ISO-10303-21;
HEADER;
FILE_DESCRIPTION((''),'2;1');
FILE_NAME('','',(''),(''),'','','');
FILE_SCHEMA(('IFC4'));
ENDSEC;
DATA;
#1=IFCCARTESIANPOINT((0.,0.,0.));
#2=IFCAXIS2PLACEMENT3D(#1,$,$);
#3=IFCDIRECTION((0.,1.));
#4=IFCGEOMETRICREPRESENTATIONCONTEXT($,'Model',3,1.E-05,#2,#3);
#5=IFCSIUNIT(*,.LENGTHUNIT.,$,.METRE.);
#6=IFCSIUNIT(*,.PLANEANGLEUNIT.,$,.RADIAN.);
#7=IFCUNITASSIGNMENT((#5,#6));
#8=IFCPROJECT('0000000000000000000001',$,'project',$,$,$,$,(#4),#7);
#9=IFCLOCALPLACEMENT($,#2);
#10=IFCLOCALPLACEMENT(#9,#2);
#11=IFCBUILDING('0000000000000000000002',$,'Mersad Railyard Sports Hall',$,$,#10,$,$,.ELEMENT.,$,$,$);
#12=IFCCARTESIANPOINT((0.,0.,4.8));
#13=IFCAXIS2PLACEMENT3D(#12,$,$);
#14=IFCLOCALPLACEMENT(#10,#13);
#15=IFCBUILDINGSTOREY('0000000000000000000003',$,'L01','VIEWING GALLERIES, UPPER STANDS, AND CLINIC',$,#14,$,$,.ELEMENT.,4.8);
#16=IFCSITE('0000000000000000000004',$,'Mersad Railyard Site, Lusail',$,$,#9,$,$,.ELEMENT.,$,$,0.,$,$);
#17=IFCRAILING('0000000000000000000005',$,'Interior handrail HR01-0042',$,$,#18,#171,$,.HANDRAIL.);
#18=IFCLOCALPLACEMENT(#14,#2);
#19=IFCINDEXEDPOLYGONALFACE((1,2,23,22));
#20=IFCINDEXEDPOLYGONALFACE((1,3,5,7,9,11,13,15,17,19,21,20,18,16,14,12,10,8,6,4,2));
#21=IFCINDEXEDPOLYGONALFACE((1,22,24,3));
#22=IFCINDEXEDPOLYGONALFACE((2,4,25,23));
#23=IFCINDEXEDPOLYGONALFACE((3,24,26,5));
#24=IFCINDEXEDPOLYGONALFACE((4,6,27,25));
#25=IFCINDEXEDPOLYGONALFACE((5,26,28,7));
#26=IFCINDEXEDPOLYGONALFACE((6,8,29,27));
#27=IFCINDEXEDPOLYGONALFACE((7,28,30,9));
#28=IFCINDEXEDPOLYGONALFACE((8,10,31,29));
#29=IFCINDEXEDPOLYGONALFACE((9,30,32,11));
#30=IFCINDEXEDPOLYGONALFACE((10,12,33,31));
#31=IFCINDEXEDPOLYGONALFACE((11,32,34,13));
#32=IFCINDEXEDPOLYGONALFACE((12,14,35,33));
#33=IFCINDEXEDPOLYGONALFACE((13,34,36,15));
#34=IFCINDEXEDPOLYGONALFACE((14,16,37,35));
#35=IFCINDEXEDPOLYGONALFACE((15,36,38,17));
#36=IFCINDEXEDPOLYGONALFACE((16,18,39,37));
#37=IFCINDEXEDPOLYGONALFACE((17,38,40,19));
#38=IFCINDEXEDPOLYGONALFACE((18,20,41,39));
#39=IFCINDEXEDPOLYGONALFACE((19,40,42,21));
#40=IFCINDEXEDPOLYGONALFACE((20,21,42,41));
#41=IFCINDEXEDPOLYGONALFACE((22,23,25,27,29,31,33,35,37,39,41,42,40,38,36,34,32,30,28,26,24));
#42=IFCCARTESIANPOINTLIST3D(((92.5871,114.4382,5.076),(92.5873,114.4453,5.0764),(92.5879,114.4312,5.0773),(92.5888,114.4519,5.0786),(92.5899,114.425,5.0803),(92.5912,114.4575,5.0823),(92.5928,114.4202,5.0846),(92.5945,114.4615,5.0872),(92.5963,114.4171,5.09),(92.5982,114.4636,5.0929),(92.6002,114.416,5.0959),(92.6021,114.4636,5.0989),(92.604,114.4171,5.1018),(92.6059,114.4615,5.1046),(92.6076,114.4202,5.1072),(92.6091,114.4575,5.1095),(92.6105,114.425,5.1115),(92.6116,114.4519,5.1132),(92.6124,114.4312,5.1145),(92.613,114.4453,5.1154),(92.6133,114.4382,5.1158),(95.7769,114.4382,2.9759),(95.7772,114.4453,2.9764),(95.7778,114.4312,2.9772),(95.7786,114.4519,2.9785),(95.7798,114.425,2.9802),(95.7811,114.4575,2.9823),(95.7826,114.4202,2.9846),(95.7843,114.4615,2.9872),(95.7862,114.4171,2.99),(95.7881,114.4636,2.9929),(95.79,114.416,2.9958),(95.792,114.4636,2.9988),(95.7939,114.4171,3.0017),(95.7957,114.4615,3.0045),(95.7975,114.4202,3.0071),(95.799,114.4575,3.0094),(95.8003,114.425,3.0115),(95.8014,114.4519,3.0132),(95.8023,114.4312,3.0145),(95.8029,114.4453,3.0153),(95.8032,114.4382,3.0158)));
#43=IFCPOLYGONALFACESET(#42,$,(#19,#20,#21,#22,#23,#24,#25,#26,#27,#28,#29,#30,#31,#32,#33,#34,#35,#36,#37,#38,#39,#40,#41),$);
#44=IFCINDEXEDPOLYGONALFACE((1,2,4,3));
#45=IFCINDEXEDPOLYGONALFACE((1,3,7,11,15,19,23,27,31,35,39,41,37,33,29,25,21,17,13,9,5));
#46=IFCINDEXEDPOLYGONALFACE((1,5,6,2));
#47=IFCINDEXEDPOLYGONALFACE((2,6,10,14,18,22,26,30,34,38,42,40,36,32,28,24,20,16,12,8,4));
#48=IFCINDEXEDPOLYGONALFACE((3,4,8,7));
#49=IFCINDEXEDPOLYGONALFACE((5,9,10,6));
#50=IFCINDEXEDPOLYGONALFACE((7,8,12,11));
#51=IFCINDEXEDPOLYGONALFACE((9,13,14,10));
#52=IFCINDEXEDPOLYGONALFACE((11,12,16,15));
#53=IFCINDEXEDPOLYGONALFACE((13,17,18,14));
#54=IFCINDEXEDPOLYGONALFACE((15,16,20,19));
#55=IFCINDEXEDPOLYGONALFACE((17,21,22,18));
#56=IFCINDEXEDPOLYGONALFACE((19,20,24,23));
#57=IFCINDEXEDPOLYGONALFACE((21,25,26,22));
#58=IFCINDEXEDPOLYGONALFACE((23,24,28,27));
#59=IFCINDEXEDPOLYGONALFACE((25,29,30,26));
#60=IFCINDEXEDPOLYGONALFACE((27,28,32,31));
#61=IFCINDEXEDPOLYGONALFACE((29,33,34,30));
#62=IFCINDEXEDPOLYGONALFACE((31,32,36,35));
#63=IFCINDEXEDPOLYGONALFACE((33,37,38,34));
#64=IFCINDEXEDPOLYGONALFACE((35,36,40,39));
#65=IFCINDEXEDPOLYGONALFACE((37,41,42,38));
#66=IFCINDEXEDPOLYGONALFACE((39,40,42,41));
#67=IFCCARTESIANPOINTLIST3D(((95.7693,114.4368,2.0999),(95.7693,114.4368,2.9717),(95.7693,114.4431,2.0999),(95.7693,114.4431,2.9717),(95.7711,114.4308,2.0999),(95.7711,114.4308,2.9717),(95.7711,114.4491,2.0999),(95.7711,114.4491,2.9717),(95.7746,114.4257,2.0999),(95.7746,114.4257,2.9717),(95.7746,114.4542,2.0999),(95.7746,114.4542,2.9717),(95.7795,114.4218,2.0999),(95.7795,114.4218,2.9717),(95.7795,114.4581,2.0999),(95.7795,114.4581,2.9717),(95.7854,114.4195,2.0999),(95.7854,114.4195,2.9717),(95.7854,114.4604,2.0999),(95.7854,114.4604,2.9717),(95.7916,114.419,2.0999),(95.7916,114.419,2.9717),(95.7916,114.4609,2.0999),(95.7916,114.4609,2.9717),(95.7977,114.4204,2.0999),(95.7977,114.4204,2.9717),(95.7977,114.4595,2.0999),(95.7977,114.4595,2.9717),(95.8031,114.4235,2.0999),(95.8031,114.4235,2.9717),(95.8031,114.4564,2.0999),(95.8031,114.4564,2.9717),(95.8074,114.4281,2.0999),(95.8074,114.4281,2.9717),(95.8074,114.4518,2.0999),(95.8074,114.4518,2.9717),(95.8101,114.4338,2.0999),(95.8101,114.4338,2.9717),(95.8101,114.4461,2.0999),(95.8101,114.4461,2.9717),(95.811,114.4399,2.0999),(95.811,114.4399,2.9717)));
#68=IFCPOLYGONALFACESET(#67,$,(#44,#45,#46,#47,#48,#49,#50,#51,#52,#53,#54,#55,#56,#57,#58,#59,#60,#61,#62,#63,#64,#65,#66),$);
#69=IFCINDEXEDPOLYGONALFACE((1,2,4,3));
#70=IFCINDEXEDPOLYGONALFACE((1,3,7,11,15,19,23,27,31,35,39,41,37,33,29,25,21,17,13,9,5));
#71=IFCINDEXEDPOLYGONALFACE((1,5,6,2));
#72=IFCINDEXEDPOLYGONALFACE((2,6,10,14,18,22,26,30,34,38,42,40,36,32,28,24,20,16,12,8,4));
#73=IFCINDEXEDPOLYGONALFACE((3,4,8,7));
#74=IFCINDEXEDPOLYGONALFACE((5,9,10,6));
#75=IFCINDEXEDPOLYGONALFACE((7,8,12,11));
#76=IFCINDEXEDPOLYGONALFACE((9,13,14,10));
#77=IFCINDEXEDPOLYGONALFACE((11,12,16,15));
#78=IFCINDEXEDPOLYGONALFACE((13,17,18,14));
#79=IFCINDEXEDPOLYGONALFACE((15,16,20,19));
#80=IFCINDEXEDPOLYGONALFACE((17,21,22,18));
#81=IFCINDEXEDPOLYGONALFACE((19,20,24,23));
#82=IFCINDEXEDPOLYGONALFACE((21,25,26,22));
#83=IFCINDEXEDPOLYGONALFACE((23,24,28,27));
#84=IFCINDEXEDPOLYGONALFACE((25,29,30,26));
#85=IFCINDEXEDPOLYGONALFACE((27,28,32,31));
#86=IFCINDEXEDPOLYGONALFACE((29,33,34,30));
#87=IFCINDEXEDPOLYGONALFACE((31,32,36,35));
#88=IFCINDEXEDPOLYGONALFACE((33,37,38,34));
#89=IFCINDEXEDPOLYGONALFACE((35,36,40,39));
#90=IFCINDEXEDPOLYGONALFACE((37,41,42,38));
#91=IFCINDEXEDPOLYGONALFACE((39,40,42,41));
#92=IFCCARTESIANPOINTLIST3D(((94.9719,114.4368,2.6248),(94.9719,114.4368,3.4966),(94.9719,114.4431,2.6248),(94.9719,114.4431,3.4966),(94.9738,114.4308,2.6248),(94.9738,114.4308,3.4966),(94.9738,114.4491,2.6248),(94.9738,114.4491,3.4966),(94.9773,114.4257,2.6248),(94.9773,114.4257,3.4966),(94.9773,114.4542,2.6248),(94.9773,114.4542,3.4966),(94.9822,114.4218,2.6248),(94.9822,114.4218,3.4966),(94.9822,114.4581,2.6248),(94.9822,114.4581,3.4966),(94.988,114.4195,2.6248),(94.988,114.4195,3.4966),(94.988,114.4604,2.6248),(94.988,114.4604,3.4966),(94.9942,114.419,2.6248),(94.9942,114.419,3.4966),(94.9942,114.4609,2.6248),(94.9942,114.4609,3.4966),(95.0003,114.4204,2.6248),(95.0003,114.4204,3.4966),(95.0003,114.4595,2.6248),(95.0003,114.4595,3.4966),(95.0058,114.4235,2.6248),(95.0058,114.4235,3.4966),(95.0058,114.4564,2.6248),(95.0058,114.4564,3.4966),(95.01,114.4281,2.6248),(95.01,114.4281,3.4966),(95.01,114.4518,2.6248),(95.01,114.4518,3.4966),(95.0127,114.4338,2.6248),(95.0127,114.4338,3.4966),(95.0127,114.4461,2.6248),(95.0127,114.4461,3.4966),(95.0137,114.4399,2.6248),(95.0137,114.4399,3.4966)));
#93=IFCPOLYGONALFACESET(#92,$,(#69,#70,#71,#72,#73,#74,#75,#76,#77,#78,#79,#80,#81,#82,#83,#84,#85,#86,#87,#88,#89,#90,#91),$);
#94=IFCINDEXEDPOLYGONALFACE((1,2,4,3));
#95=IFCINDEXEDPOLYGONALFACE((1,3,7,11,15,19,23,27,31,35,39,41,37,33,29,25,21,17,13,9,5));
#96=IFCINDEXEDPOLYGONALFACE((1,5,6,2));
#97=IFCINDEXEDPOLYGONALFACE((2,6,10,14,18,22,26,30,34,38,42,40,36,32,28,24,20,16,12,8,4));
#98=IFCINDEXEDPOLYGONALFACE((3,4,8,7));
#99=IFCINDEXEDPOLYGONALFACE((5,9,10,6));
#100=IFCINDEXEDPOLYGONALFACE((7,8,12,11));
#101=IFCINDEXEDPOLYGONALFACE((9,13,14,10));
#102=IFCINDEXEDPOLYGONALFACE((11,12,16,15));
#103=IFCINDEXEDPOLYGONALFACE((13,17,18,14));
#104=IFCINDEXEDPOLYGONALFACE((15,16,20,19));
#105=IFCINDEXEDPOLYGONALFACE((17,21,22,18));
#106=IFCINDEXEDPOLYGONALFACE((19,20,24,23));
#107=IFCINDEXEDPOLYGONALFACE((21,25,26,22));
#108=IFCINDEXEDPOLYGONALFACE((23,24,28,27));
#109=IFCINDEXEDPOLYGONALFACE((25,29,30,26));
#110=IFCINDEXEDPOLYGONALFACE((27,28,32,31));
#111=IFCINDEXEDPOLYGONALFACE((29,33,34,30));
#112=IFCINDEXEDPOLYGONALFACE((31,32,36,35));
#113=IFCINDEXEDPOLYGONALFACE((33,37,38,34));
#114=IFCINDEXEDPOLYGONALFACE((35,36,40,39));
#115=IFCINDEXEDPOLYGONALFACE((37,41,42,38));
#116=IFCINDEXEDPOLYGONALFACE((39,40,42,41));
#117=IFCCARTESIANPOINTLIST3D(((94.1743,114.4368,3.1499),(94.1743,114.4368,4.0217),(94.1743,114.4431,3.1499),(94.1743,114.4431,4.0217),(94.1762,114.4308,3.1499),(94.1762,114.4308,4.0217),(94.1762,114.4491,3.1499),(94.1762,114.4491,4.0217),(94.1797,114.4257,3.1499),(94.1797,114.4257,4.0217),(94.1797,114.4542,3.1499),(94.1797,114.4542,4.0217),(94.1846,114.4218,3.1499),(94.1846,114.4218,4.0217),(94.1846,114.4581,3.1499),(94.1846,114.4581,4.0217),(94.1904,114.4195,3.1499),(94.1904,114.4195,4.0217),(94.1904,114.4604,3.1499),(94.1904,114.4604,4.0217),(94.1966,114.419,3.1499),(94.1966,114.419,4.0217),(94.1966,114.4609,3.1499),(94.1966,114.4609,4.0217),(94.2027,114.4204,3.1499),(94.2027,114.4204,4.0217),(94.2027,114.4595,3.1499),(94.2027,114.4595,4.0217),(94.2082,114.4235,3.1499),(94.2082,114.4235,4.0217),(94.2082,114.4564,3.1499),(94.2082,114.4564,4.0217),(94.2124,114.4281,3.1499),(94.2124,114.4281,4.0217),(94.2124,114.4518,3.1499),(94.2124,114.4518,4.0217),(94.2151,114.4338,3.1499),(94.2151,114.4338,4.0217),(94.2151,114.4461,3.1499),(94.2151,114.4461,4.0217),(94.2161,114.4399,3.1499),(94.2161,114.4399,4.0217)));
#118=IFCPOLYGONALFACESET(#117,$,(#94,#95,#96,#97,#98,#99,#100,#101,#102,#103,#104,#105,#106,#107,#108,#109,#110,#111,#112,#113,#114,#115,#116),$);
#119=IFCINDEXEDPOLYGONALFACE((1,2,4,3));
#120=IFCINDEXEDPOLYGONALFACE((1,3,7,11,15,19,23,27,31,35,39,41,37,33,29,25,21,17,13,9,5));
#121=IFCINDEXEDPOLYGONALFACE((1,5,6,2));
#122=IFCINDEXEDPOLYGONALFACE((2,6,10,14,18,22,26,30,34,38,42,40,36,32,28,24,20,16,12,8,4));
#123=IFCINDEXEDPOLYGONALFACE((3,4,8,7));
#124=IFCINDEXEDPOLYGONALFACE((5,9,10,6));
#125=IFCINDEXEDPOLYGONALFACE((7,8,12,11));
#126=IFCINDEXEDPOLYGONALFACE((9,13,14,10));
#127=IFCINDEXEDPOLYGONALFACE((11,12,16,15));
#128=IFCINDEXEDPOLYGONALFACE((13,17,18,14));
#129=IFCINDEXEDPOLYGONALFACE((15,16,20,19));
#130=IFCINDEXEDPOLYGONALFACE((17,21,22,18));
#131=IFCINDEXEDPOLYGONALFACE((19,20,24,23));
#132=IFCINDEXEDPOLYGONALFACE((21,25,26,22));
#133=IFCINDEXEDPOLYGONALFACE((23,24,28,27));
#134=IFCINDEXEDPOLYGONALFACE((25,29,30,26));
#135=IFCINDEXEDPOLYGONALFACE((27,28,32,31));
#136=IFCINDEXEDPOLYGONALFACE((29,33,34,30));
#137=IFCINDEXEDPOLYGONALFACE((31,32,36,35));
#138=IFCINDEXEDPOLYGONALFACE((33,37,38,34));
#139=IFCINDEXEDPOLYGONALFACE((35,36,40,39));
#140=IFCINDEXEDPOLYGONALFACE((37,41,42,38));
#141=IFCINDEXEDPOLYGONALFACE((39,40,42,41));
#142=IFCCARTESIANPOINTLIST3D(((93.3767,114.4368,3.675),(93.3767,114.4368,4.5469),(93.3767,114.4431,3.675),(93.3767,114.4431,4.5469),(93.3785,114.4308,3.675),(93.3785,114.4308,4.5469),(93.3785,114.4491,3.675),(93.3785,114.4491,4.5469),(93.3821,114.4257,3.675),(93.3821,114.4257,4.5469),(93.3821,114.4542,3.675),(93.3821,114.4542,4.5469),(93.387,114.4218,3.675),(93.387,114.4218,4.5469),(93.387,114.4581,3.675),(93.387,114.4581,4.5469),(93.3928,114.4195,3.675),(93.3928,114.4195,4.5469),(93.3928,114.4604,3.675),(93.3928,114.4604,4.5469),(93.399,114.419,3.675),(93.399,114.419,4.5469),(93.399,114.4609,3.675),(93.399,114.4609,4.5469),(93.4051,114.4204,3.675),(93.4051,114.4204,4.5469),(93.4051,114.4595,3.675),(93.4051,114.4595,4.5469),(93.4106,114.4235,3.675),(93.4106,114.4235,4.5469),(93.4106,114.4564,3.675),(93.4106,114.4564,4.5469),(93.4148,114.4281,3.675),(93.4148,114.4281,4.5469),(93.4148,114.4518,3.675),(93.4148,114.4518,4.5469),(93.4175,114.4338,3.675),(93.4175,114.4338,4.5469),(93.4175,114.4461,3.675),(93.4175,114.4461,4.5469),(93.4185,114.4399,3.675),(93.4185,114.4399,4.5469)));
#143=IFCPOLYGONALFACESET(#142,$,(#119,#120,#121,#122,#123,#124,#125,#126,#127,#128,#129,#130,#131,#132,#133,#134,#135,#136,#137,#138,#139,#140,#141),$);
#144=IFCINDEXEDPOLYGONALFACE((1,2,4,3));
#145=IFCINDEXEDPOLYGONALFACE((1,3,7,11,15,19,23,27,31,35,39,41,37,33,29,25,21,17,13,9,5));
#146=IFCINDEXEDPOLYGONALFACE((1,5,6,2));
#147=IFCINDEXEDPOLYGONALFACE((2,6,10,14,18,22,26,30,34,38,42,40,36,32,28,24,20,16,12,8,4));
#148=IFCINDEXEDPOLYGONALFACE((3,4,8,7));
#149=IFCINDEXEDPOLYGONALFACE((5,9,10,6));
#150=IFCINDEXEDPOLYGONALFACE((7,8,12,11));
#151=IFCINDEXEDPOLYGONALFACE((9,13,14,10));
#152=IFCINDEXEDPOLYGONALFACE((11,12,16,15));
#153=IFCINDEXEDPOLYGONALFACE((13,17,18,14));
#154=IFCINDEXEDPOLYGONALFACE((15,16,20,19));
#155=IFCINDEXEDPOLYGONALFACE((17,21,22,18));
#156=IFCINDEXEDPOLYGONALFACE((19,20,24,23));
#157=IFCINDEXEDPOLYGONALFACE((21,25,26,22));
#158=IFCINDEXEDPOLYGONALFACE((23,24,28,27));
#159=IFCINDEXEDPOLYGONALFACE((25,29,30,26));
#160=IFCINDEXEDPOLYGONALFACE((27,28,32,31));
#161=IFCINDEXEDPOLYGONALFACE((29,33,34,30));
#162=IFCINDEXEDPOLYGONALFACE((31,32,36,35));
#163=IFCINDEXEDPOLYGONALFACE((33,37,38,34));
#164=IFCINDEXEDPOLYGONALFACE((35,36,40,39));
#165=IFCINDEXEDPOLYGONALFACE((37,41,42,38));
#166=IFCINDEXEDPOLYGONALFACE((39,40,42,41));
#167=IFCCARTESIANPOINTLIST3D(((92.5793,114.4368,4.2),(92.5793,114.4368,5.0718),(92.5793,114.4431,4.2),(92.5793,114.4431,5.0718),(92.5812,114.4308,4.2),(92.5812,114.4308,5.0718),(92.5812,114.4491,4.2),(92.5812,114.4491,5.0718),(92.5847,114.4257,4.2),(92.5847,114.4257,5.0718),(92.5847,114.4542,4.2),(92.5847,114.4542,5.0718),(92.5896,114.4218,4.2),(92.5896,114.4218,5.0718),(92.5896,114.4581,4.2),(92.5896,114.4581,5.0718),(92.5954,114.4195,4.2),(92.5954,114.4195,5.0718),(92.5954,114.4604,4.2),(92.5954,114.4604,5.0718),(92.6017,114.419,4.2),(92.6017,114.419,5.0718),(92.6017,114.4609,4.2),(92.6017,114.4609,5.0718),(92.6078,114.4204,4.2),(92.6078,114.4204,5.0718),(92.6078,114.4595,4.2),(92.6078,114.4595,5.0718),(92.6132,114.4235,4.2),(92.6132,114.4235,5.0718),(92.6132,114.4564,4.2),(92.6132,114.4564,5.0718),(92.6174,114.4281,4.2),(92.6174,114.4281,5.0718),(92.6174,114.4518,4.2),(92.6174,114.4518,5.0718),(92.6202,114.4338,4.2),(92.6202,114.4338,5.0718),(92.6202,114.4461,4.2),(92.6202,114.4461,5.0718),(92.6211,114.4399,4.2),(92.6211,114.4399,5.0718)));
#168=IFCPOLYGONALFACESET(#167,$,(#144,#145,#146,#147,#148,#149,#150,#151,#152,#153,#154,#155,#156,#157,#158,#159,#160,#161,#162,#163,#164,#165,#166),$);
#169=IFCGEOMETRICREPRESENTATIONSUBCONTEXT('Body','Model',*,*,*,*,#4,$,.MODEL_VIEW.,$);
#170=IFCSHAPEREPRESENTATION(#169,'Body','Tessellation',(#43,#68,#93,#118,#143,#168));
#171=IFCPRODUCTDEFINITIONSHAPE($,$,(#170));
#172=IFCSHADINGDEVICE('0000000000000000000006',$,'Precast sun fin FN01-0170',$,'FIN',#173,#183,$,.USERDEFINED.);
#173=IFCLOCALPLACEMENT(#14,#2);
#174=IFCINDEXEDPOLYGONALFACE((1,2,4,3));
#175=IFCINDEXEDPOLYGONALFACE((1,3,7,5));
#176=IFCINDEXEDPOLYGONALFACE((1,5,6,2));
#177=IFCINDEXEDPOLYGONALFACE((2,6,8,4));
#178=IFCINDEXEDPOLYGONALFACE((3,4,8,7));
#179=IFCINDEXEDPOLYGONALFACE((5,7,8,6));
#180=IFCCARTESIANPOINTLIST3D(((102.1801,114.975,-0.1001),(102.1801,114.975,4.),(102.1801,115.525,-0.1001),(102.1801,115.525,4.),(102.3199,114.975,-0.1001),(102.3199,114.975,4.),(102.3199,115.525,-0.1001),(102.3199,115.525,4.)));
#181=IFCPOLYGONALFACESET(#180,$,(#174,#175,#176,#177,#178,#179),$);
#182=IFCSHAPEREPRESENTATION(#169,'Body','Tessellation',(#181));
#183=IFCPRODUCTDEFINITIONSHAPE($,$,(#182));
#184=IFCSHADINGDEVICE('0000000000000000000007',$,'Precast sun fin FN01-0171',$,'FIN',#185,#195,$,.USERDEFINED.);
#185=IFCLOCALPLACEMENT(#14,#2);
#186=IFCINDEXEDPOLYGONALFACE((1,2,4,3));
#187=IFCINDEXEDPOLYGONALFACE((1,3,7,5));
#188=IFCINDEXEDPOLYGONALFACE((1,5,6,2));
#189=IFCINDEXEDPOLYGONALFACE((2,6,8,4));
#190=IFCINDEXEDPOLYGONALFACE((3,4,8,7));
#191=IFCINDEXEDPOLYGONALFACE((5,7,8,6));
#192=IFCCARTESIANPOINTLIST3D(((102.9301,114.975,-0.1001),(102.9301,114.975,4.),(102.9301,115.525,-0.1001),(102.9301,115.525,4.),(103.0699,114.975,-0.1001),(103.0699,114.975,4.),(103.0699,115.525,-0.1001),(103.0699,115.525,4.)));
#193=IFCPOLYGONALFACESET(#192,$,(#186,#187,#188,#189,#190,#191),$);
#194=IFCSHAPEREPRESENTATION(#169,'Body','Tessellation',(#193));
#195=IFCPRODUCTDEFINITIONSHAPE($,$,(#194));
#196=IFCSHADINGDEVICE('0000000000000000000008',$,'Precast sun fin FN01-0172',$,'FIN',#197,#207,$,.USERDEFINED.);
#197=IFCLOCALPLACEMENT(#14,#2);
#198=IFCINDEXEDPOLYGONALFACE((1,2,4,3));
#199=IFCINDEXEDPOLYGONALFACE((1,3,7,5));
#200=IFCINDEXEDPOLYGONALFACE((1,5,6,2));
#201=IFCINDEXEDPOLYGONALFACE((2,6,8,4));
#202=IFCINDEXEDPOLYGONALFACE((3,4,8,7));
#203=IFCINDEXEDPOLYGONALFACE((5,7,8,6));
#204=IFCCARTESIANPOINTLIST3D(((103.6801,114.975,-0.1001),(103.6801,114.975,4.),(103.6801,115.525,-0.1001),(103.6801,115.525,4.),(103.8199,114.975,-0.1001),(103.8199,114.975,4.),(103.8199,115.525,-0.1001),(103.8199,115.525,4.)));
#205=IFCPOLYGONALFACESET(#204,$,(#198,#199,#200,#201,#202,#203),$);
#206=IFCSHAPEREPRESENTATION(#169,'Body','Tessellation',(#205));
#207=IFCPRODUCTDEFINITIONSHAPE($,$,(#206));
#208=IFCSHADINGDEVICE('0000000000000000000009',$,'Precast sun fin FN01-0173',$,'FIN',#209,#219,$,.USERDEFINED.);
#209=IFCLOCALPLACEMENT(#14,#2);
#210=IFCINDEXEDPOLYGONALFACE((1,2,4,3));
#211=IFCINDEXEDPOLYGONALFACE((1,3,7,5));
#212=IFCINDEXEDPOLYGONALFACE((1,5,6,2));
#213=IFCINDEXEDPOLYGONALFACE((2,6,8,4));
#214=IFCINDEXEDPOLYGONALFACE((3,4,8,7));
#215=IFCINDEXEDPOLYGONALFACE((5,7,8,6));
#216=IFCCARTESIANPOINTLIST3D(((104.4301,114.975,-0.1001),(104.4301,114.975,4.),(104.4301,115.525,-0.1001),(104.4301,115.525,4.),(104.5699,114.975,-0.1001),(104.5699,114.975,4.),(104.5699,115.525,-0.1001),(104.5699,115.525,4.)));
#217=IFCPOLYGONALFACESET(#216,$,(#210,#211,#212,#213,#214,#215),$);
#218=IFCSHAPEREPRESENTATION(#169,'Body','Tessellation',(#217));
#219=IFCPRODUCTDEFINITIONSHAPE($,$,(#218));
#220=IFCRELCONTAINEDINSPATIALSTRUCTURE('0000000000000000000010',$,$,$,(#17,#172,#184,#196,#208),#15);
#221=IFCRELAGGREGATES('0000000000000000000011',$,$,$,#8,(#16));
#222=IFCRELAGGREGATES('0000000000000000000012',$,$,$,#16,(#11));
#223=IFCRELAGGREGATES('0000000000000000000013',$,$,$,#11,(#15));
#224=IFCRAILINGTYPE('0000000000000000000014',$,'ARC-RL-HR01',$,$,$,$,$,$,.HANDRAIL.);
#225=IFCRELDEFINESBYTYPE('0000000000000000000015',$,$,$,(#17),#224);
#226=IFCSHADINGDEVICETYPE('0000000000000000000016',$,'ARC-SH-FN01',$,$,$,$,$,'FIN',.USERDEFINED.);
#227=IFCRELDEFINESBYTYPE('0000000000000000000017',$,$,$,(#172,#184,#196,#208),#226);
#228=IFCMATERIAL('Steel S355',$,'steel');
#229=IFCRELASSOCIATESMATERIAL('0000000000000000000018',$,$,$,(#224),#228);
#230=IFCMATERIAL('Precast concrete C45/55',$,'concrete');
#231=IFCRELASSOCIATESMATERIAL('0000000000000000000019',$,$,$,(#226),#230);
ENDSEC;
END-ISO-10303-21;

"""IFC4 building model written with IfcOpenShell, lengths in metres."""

from ifc_helpers import new_model, si_unit, direction, frame, origin, origin_2d, place, context, subcontext, project, spatial, rectangle, circle, extrude, material, type_object, element, save


model = new_model("IFC4")

# Units and contexts
model_context = context("Model", 3, precision=1e-05, world=origin(), true_north=direction((0.0, 1.0)))
body_context = subcontext(model_context, "Body", "Model", "MODEL_VIEW")
ifc_project = project(units=[si_unit("LENGTHUNIT", "METRE"), si_unit("PLANEANGLEUNIT", "RADIAN")], contexts=[model_context])

# Site, building, storey
site_placement = place(None, origin())
site = spatial("IfcSite", under=ifc_project, at=site_placement, Name="Mersad Railyard Site, Lusail", CompositionType="ELEMENT", RefElevation=0.0)
building_placement = place(site_placement, origin())
building = spatial("IfcBuilding", under=site, at=building_placement, Name="Mersad Railyard Sports Hall", CompositionType="ELEMENT")
storey_placement = place(building_placement, frame((0.0, 0.0, 4.8)))
storey = spatial("IfcBuildingStorey", under=building, at=storey_placement, Name="L01", Description="VIEWING GALLERIES, UPPER STANDS, AND CLINIC", CompositionType="ELEMENT", Elevation=4.8)

# Railing
ifc_material_1 = material(Name="Steel S355", Category="steel")
railing_type = type_object("IfcRailingType", Name="ARC-RL-HR01", PredefinedType="HANDRAIL", material=ifc_material_1)
railing_placement = place(storey_placement, frame((95.79, 114.4399, 2.0999)))
element("IfcRailing", 1, at=railing_placement, inside=storey, type_object=railing_type, Name="Interior handrail HR01-0042", PredefinedType="HANDRAIL", context=body_context, shape_type="SweptSolid", body=[
    extrude(circle(Radius=0.0239, at=origin_2d()), frame((0.0, 0.0, 0.896), z_axis=(-0.835242, 0.0, 0.549882), x_axis=(0.0, -1.0, 0.0)), (0.0, 0.0, 1.0), 3.8191),
    extrude(circle(Radius=0.021, at=origin_2d()), origin(), (0.0, 0.0, 1.0), 0.8718),
    extrude(circle(Radius=0.021, at=origin_2d()), frame((-0.7974, 0.0, 0.5249)), (0.0, 0.0, 1.0), 0.8718),
    extrude(circle(Radius=0.021, at=origin_2d()), frame((-1.595, 0.0, 1.05)), (0.0, 0.0, 1.0), 0.8718),
    extrude(circle(Radius=0.021, at=origin_2d()), frame((-2.3926, 0.0, 1.5752)), (0.0, 0.0, 1.0), 0.8718),
    extrude(circle(Radius=0.021, at=origin_2d()), frame((-3.1899, 0.0, 2.1001)), (0.0, 0.0, 1.0), 0.8718),
])

# Shading devices
ifc_material_2 = material(Name="Precast concrete C45/55", Category="concrete")
shading_device_type = type_object("IfcShadingDeviceType", Name="ARC-SH-FN01", ElementType="FIN", PredefinedType="USERDEFINED", material=ifc_material_2)
for number, where, z_axis, x_axis, name in (
    (2, (102.25, 115.25, -0.1001), (0.0, 0.0, 1.0), (1.0, 0.0, 0.0), "Precast sun fin FN01-0170"),
    (3, (103.0, 115.25, -0.1001), (0.0, 0.0, 1.0), (1.0, 0.0, 0.0), "Precast sun fin FN01-0171"),
    (4, (103.75, 115.25, -0.1001), (0.0, 0.0, 1.0), (1.0, 0.0, 0.0), "Precast sun fin FN01-0172"),
    (5, (104.5, 115.25, -0.1001), (0.0, 0.0, 1.0), (1.0, 0.0, 0.0), "Precast sun fin FN01-0173"),
):
    element("IfcShadingDevice", number, at=place(storey_placement, frame(where, z_axis=z_axis, x_axis=x_axis)), inside=storey, type_object=shading_device_type, Name=name, ObjectType="FIN", PredefinedType="USERDEFINED", context=body_context, shape_type="SweptSolid", body=[
        extrude(rectangle(XDim=0.1399, YDim=0.55, at=origin_2d()), origin(), (0.0, 0.0, 1.0), 4.1001),
    ])

save(model, "model.ifc")
